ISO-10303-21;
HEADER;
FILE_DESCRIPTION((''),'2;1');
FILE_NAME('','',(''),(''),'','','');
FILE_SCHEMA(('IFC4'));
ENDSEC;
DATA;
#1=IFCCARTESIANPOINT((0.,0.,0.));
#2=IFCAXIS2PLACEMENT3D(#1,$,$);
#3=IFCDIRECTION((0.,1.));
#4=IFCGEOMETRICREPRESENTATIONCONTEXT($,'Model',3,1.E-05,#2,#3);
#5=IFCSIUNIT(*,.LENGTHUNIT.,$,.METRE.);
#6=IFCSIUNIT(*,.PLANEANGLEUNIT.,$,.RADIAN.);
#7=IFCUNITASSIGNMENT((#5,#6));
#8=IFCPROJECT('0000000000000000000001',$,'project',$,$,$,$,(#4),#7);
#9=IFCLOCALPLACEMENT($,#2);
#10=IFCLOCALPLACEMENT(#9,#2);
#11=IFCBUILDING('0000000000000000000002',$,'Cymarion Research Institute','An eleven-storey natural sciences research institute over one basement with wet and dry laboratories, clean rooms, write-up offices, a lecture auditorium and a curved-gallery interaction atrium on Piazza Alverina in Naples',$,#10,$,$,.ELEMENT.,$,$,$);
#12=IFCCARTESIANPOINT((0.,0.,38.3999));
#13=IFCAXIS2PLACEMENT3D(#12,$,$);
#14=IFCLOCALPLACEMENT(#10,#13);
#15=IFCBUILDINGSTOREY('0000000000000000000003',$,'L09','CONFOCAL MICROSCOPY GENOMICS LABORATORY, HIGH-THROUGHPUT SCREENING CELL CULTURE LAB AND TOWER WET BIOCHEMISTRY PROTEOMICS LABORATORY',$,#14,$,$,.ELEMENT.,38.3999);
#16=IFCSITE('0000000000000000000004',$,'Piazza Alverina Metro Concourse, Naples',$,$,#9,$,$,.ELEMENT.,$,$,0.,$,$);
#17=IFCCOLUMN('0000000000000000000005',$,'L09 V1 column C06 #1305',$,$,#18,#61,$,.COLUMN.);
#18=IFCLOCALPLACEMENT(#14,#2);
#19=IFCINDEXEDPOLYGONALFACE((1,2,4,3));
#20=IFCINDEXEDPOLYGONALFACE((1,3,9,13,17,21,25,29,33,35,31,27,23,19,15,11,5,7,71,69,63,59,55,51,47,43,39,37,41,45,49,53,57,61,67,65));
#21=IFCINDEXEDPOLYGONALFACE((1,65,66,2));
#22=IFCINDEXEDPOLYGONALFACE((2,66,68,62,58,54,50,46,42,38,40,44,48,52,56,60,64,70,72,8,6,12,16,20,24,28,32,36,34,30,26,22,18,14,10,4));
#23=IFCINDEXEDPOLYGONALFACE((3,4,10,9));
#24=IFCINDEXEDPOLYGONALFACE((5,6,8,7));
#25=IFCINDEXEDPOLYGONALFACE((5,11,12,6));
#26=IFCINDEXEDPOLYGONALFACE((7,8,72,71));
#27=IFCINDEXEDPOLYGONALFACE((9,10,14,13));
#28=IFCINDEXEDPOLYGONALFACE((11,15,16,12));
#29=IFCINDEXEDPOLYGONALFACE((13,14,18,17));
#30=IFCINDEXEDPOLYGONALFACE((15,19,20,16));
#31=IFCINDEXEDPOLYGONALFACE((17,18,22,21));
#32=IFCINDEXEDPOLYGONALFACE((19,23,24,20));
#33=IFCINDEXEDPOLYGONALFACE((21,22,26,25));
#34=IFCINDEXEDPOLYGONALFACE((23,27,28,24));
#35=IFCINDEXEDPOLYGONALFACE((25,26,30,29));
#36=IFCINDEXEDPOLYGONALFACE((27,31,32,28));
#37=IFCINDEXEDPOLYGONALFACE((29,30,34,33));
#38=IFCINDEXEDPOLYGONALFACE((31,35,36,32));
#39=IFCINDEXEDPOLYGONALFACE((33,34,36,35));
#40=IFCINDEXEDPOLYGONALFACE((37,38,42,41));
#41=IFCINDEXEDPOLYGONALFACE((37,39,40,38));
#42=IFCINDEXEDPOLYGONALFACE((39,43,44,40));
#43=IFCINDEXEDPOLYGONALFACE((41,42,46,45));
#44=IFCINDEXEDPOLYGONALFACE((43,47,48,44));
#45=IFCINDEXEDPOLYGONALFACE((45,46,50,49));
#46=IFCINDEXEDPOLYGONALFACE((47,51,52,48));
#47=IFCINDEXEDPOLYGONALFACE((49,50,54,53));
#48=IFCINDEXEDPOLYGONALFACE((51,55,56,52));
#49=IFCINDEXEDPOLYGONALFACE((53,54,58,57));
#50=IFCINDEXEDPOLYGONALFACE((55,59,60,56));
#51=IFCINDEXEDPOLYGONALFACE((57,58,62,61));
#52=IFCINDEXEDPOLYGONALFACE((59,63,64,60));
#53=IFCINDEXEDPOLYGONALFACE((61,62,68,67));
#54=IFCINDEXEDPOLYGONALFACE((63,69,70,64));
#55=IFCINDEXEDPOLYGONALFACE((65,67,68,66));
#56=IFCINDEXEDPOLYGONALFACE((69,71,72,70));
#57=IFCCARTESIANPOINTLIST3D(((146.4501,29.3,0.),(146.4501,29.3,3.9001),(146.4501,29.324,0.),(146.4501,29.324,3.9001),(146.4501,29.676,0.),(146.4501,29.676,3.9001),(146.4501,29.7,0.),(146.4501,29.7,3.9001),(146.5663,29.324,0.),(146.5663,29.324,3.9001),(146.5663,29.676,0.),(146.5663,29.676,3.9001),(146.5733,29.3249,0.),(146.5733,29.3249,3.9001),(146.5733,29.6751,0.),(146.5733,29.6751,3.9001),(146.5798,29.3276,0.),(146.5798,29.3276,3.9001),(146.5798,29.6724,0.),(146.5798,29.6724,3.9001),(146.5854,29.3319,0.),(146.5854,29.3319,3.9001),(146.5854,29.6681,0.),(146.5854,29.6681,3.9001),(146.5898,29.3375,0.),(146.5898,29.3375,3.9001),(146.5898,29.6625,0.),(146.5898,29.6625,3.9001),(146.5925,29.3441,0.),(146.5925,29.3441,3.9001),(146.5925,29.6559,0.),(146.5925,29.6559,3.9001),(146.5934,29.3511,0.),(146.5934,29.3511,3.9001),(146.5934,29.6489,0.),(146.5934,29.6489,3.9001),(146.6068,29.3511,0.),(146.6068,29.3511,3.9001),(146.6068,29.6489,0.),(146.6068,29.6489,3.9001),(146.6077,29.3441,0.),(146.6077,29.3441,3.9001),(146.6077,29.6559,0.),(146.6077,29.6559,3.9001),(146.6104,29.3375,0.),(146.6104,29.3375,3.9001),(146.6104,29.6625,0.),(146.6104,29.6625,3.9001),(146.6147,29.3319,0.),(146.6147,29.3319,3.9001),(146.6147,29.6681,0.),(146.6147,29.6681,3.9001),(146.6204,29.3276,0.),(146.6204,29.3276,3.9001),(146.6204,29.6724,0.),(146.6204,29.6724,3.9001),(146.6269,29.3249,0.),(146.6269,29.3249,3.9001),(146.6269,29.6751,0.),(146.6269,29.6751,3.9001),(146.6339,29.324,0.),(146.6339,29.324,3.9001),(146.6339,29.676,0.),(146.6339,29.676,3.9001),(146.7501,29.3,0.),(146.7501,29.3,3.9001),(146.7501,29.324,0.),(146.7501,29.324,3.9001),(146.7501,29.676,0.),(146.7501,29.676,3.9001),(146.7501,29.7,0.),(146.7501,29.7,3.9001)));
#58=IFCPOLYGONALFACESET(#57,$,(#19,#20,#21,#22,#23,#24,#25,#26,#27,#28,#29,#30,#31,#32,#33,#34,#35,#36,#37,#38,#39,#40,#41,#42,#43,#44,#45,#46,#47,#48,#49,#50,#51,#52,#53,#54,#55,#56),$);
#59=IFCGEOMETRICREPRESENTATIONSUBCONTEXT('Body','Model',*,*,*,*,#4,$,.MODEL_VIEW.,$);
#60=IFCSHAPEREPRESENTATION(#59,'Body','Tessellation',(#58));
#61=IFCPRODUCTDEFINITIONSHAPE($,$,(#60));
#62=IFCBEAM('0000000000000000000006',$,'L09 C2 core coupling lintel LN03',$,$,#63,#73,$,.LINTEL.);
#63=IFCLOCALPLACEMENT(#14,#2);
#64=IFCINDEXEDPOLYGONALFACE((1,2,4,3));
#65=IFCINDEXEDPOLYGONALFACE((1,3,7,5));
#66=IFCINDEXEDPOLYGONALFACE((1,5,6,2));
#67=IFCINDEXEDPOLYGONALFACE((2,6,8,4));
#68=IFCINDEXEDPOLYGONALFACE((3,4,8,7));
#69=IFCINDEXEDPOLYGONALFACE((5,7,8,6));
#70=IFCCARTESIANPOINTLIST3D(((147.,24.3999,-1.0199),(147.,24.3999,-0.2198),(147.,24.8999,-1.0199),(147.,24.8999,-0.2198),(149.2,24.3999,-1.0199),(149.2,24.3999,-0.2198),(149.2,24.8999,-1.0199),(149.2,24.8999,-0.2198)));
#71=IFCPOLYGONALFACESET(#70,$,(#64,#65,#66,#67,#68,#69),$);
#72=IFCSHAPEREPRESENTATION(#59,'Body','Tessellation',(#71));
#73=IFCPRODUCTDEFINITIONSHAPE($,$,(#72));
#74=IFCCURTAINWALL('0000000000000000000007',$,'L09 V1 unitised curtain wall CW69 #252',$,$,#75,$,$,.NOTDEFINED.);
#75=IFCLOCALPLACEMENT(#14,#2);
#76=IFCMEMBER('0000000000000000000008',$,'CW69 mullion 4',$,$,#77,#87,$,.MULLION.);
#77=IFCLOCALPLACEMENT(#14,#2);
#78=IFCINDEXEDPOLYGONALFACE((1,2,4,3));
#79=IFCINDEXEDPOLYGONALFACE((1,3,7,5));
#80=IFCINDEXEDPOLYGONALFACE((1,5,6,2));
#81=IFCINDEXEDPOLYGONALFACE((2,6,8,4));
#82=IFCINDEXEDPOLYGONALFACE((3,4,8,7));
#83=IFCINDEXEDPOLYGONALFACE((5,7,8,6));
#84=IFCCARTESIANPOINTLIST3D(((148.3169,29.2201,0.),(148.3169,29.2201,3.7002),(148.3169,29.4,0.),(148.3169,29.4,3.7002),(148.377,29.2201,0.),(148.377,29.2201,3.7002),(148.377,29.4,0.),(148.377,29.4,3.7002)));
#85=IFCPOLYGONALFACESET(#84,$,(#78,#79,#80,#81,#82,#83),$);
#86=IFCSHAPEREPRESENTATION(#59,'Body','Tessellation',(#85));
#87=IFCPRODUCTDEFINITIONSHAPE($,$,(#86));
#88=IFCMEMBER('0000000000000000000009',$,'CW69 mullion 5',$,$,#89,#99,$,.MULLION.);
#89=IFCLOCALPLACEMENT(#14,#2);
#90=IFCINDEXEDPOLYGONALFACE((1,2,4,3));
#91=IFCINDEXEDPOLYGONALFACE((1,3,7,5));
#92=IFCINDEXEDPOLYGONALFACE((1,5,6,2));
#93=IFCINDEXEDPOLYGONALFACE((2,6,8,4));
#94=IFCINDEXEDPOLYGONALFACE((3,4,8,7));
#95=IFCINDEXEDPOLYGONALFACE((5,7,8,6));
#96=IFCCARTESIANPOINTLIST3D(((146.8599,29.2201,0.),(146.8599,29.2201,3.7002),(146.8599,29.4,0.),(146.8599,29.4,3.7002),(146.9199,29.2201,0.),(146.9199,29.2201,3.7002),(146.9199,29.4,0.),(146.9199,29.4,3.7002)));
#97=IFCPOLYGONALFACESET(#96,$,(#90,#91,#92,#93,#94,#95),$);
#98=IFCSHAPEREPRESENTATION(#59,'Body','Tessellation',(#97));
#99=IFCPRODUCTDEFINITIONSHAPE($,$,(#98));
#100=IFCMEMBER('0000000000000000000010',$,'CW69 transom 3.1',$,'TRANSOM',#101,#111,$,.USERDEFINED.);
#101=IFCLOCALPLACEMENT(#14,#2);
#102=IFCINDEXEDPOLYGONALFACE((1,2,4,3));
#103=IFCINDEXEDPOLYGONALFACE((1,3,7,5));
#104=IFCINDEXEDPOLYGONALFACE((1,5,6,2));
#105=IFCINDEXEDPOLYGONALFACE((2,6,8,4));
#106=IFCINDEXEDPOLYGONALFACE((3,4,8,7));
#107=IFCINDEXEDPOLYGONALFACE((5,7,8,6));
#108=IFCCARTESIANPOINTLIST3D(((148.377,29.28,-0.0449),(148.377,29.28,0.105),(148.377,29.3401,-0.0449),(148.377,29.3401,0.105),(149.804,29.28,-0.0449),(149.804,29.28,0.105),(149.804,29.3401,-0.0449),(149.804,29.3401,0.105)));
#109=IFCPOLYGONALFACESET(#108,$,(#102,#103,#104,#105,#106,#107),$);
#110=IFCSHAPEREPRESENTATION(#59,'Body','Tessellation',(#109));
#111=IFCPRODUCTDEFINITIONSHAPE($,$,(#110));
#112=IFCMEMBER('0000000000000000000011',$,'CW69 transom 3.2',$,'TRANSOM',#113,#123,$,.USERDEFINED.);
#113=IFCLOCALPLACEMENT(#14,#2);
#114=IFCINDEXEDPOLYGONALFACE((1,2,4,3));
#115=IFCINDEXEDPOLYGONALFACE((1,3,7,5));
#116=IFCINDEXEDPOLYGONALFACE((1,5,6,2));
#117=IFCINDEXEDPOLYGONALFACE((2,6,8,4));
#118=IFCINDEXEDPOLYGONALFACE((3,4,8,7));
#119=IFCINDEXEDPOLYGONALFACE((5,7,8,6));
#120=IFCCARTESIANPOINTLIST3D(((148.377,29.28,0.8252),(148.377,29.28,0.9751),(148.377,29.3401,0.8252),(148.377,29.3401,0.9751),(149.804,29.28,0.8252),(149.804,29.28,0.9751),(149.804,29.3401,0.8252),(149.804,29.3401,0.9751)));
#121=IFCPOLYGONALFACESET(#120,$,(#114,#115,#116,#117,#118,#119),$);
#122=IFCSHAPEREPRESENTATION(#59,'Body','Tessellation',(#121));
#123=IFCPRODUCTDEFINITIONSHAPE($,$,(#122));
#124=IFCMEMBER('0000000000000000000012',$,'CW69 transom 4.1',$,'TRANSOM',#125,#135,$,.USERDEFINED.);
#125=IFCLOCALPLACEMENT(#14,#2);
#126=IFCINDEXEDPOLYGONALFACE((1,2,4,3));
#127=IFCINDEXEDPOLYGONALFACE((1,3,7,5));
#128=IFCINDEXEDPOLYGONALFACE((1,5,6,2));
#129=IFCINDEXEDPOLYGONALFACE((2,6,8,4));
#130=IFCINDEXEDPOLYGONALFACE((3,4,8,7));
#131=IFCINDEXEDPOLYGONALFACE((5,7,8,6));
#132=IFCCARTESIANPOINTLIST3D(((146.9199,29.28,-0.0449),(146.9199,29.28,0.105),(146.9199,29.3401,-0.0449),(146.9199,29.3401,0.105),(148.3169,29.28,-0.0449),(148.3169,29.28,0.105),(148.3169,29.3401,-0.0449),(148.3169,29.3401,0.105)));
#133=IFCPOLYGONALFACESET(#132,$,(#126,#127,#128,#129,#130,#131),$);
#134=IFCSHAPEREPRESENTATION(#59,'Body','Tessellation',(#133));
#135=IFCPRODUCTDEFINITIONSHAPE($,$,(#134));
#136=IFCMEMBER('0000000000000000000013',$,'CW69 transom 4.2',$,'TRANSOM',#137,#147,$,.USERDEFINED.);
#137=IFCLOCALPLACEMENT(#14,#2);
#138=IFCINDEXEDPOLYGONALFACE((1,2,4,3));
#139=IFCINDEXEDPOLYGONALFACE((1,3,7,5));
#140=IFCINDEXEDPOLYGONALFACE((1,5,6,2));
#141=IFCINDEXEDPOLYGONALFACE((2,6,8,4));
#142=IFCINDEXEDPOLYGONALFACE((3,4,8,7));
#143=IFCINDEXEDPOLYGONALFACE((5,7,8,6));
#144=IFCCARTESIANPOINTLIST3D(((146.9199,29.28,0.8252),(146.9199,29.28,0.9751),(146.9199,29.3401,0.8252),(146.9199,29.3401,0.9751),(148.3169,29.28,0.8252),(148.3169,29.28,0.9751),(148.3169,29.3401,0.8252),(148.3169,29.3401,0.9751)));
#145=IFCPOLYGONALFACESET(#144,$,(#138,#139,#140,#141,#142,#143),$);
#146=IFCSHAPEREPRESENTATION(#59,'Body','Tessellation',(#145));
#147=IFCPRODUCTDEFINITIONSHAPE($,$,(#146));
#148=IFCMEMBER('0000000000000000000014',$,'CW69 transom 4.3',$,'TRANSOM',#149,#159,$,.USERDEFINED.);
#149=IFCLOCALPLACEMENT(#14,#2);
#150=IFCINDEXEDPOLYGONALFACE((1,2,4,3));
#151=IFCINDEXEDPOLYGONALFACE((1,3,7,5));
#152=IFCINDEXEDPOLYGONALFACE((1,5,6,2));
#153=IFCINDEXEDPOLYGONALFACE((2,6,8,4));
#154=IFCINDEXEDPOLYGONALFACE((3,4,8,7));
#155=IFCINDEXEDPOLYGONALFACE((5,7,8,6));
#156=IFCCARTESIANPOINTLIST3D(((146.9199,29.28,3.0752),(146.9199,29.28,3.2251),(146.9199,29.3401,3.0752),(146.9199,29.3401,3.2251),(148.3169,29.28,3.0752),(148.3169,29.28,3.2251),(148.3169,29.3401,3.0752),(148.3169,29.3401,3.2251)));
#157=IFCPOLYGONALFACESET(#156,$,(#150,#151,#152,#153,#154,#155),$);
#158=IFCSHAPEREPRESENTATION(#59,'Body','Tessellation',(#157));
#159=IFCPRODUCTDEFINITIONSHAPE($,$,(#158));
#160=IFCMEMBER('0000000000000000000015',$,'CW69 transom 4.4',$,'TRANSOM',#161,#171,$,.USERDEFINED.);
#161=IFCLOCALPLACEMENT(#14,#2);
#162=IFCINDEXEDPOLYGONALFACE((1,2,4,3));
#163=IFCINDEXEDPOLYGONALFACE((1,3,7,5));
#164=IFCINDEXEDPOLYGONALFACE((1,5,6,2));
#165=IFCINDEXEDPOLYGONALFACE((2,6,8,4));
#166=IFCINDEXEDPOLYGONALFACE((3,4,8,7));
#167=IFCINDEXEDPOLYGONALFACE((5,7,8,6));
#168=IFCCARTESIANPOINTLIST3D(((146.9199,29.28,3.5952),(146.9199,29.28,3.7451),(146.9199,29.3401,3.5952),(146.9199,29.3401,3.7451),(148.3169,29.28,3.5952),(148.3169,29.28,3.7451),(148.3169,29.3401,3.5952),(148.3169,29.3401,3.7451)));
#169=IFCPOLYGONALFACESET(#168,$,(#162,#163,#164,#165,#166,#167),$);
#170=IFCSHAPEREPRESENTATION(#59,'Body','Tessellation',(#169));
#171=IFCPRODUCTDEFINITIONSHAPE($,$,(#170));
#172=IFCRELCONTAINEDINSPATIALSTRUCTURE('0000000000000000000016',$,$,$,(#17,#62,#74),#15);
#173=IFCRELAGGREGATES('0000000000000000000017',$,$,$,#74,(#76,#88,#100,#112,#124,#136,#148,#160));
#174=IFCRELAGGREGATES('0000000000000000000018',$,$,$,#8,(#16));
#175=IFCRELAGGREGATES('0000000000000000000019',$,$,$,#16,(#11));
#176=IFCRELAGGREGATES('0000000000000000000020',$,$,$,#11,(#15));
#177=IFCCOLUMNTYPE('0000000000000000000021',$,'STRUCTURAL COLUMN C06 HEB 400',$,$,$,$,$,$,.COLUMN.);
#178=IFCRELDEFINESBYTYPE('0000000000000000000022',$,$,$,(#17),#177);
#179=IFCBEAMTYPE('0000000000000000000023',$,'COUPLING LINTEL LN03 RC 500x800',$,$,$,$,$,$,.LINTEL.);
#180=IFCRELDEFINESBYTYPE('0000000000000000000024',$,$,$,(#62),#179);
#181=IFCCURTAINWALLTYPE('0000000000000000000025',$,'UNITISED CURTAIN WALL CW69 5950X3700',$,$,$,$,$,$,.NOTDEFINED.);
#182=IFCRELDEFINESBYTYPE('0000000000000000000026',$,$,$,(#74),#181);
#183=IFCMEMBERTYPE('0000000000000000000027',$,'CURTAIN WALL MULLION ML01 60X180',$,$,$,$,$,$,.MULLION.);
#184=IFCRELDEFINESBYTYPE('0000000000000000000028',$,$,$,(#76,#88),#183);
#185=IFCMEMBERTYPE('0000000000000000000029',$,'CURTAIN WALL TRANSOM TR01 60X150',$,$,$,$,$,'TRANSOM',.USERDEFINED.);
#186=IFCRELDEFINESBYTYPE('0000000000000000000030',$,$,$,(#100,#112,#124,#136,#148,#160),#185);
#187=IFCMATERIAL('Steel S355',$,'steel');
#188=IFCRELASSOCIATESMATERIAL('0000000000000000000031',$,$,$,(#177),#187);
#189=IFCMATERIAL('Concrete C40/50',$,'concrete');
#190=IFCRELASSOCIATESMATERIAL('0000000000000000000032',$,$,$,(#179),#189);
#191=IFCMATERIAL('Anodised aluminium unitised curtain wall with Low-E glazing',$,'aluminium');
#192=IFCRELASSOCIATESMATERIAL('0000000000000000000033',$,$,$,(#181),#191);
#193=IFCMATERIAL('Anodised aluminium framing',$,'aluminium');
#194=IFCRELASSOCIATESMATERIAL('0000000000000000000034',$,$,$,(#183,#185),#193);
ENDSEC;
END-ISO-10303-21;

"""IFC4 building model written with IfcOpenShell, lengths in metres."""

from ifc_helpers import new_model, si_unit, direction, frame, origin, origin_2d, place, context, subcontext, project, spatial, rectangle, i_section, extrude, material, material_profile, profile_set, type_object, element, aggregate, save


model = new_model("IFC4")

# Units and contexts
model_context = context("Model", 3, precision=1e-05, world=origin(), true_north=direction((0.0, 1.0)))
body_context = subcontext(model_context, "Body", "Model", "MODEL_VIEW")
ifc_project = project(units=[si_unit("LENGTHUNIT", "METRE"), si_unit("PLANEANGLEUNIT", "RADIAN")], contexts=[model_context])

# Site, building, storey
site_placement = place(None, origin())
site = spatial("IfcSite", under=ifc_project, at=site_placement, Name="Piazza Alverina Metro Concourse, Naples", CompositionType="ELEMENT", RefElevation=0.0)
building_placement = place(site_placement, origin())
building = spatial("IfcBuilding", under=site, at=building_placement, Name="Cymarion Research Institute", Description="An eleven-storey natural sciences research institute over one basement with wet and dry laboratories, clean rooms, write-up offices, a lecture auditorium and a curved-gallery interaction atrium on Piazza Alverina in Naples", CompositionType="ELEMENT")
storey_placement = place(building_placement, frame((0.0, 0.0, 38.3999)))
storey = spatial("IfcBuildingStorey", under=building, at=storey_placement, Name="L09", Description="CONFOCAL MICROSCOPY GENOMICS LABORATORY, HIGH-THROUGHPUT SCREENING CELL CULTURE LAB AND TOWER WET BIOCHEMISTRY PROTEOMICS LABORATORY", CompositionType="ELEMENT", Elevation=38.3999)

# Column
ifc_material_1 = material(Name="Steel S355", Category="steel")
ifc_material_profile_1 = material_profile(ifc_material_1, i_section(OverallWidth=0.3, OverallDepth=0.3999, WebThickness=0.0134, FlangeThickness=0.0239, FilletRadius=0.0271, at=origin_2d()), Name="HEB 400")
ifc_profile_set_1 = profile_set([ifc_material_profile_1], Name="Steel S355")
column_type = type_object("IfcColumnType", Name="STRUCTURAL COLUMN C06 HEB 400", PredefinedType="COLUMN", material=ifc_profile_set_1)
column_placement = place(storey_placement, frame((146.6001, 29.5, 0.0), z_axis=(0.0, 0.0, 1.0), x_axis=(1.0, 0.0, 0.0)))
element("IfcColumn", 1, at=column_placement, inside=storey, type_object=column_type, Name="L09 V1 column C06 #1305", PredefinedType="COLUMN", context=body_context, shape_type="SweptSolid", body=[
    extrude(i_section(OverallWidth=0.3, OverallDepth=0.3999, WebThickness=0.0134, FlangeThickness=0.0239, FilletRadius=0.0271, at=origin_2d()), origin(), (0.0, 0.0, 1.0), 3.9001),
])

# Beam
ifc_material_2 = material(Name="Concrete C40/50", Category="concrete")
ifc_material_profile_2 = material_profile(ifc_material_2, rectangle(XDim=0.5, YDim=0.8, at=origin_2d()), Name="RC 500x800")
ifc_profile_set_2 = profile_set([ifc_material_profile_2], Name="Concrete C40/50")
beam_type_1 = type_object("IfcBeamType", Name="COUPLING LINTEL LN03 RC 500x800", PredefinedType="LINTEL", material=ifc_profile_set_2)
beam_1_placement = place(storey_placement, frame((147.0, 24.6499, -0.6199), z_axis=(1.0, 0.0, 0.0), x_axis=(0.0, 1.0, 0.0)))
element("IfcBeam", 2, at=beam_1_placement, inside=storey, type_object=beam_type_1, Name="L09 C2 core coupling lintel LN03", PredefinedType="LINTEL", context=body_context, shape_type="SweptSolid", body=[
    extrude(rectangle(XDim=0.5, YDim=0.8, at=origin_2d()), origin(), (0.0, 0.0, 1.0), 2.2),
])

# Curtain wall, members
ifc_material_3 = material(Name="Anodised aluminium unitised curtain wall with Low-E glazing", Category="aluminium")
curtain_wall_type = type_object("IfcCurtainWallType", Name="UNITISED CURTAIN WALL CW69 5950X3700", PredefinedType="NOTDEFINED", material=ifc_material_3)
curtain_wall_placement = place(storey_placement, origin())
curtain_wall = element("IfcCurtainWall", 3, at=curtain_wall_placement, inside=storey, type_object=curtain_wall_type, Name="L09 V1 unitised curtain wall CW69 #252", PredefinedType="NOTDEFINED")
ifc_material_4 = material(Name="Anodised aluminium framing", Category="aluminium")
ifc_material_profile_3 = material_profile(ifc_material_4, rectangle(XDim=0.0601, YDim=0.1799, at=origin_2d()), Name="ALU MULLION 60x180")
ifc_profile_set_3 = profile_set([ifc_material_profile_3], Name="Anodised aluminium framing")
member_type_1 = type_object("IfcMemberType", Name="CURTAIN WALL MULLION ML01 60X180", PredefinedType="MULLION", material=ifc_profile_set_3)
member_1_placement = place(storey_placement, frame((148.3469, 29.3101, 0.0), z_axis=(0.0, 0.0, 1.0), x_axis=(-1.0, 0.0, 0.0)))
member_1 = element("IfcMember", 4, at=member_1_placement, type_object=member_type_1, Name="CW69 mullion 4", PredefinedType="MULLION", context=body_context, shape_type="SweptSolid", body=[
    extrude(rectangle(XDim=0.0601, YDim=0.1799, at=origin_2d()), origin(), (0.0, 0.0, 1.0), 3.7002),
])
member_2_placement = place(storey_placement, frame((146.8899, 29.3101, 0.0), z_axis=(0.0, 0.0, 1.0), x_axis=(-1.0, 0.0, 0.0)))
member_2 = element("IfcMember", 5, at=member_2_placement, type_object=member_type_1, Name="CW69 mullion 5", PredefinedType="MULLION", context=body_context, shape_type="SweptSolid", body=[
    extrude(rectangle(XDim=0.0601, YDim=0.1799, at=origin_2d()), origin(), (0.0, 0.0, 1.0), 3.7002),
])
ifc_material_profile_4 = material_profile(ifc_material_4, rectangle(XDim=0.0601, YDim=0.1499, at=origin_2d()), Name="ALU TRANSOM 60x150")
ifc_profile_set_4 = profile_set([ifc_material_profile_4], Name="Anodised aluminium framing")
member_type_2 = type_object("IfcMemberType", Name="CURTAIN WALL TRANSOM TR01 60X150", ElementType="TRANSOM", PredefinedType="USERDEFINED", material=ifc_profile_set_4)
member_3_placement = place(storey_placement, frame((149.804, 29.3101, 0.03), z_axis=(-1.0, 0.0, 0.0), x_axis=(0.0, -1.0, 0.0)))
member_3 = element("IfcMember", 6, at=member_3_placement, type_object=member_type_2, Name="CW69 transom 3.1", ObjectType="TRANSOM", PredefinedType="USERDEFINED", context=body_context, shape_type="SweptSolid", body=[
    extrude(rectangle(XDim=0.0601, YDim=0.1499, at=origin_2d()), origin(), (0.0, 0.0, 1.0), 1.427),
])
member_4_placement = place(storey_placement, frame((149.804, 29.3101, 0.9001), z_axis=(-1.0, 0.0, 0.0), x_axis=(0.0, -1.0, 0.0)))
member_4 = element("IfcMember", 7, at=member_4_placement, type_object=member_type_2, Name="CW69 transom 3.2", ObjectType="TRANSOM", PredefinedType="USERDEFINED", context=body_context, shape_type="SweptSolid", body=[
    extrude(rectangle(XDim=0.0601, YDim=0.1499, at=origin_2d()), origin(), (0.0, 0.0, 1.0), 1.427),
])
member_5_placement = place(storey_placement, frame((148.3169, 29.3101, 0.03), z_axis=(-1.0, 0.0, 0.0), x_axis=(0.0, -1.0, 0.0)))
member_5 = element("IfcMember", 8, at=member_5_placement, type_object=member_type_2, Name="CW69 transom 4.1", ObjectType="TRANSOM", PredefinedType="USERDEFINED", context=body_context, shape_type="SweptSolid", body=[
    extrude(rectangle(XDim=0.0601, YDim=0.1499, at=origin_2d()), origin(), (0.0, 0.0, 1.0), 1.397),
])
member_6_placement = place(storey_placement, frame((148.3169, 29.3101, 0.9001), z_axis=(-1.0, 0.0, 0.0), x_axis=(0.0, -1.0, 0.0)))
member_6 = element("IfcMember", 9, at=member_6_placement, type_object=member_type_2, Name="CW69 transom 4.2", ObjectType="TRANSOM", PredefinedType="USERDEFINED", context=body_context, shape_type="SweptSolid", body=[
    extrude(rectangle(XDim=0.0601, YDim=0.1499, at=origin_2d()), origin(), (0.0, 0.0, 1.0), 1.397),
])
member_7_placement = place(storey_placement, frame((148.3169, 29.3101, 3.1501), z_axis=(-1.0, 0.0, 0.0), x_axis=(0.0, -1.0, 0.0)))
member_7 = element("IfcMember", 10, at=member_7_placement, type_object=member_type_2, Name="CW69 transom 4.3", ObjectType="TRANSOM", PredefinedType="USERDEFINED", context=body_context, shape_type="SweptSolid", body=[
    extrude(rectangle(XDim=0.0601, YDim=0.1499, at=origin_2d()), origin(), (0.0, 0.0, 1.0), 1.397),
])
member_8_placement = place(storey_placement, frame((148.3169, 29.3101, 3.6702), z_axis=(-1.0, 0.0, 0.0), x_axis=(0.0, -1.0, 0.0)))
member_8 = element("IfcMember", 11, at=member_8_placement, type_object=member_type_2, Name="CW69 transom 4.4", ObjectType="TRANSOM", PredefinedType="USERDEFINED", context=body_context, shape_type="SweptSolid", body=[
    extrude(rectangle(XDim=0.0601, YDim=0.1499, at=origin_2d()), origin(), (0.0, 0.0, 1.0), 1.397),
])

aggregate(curtain_wall, [member_1, member_2, member_3, member_4, member_5, member_6, member_7, member_8])

save(model, "model.ifc")
